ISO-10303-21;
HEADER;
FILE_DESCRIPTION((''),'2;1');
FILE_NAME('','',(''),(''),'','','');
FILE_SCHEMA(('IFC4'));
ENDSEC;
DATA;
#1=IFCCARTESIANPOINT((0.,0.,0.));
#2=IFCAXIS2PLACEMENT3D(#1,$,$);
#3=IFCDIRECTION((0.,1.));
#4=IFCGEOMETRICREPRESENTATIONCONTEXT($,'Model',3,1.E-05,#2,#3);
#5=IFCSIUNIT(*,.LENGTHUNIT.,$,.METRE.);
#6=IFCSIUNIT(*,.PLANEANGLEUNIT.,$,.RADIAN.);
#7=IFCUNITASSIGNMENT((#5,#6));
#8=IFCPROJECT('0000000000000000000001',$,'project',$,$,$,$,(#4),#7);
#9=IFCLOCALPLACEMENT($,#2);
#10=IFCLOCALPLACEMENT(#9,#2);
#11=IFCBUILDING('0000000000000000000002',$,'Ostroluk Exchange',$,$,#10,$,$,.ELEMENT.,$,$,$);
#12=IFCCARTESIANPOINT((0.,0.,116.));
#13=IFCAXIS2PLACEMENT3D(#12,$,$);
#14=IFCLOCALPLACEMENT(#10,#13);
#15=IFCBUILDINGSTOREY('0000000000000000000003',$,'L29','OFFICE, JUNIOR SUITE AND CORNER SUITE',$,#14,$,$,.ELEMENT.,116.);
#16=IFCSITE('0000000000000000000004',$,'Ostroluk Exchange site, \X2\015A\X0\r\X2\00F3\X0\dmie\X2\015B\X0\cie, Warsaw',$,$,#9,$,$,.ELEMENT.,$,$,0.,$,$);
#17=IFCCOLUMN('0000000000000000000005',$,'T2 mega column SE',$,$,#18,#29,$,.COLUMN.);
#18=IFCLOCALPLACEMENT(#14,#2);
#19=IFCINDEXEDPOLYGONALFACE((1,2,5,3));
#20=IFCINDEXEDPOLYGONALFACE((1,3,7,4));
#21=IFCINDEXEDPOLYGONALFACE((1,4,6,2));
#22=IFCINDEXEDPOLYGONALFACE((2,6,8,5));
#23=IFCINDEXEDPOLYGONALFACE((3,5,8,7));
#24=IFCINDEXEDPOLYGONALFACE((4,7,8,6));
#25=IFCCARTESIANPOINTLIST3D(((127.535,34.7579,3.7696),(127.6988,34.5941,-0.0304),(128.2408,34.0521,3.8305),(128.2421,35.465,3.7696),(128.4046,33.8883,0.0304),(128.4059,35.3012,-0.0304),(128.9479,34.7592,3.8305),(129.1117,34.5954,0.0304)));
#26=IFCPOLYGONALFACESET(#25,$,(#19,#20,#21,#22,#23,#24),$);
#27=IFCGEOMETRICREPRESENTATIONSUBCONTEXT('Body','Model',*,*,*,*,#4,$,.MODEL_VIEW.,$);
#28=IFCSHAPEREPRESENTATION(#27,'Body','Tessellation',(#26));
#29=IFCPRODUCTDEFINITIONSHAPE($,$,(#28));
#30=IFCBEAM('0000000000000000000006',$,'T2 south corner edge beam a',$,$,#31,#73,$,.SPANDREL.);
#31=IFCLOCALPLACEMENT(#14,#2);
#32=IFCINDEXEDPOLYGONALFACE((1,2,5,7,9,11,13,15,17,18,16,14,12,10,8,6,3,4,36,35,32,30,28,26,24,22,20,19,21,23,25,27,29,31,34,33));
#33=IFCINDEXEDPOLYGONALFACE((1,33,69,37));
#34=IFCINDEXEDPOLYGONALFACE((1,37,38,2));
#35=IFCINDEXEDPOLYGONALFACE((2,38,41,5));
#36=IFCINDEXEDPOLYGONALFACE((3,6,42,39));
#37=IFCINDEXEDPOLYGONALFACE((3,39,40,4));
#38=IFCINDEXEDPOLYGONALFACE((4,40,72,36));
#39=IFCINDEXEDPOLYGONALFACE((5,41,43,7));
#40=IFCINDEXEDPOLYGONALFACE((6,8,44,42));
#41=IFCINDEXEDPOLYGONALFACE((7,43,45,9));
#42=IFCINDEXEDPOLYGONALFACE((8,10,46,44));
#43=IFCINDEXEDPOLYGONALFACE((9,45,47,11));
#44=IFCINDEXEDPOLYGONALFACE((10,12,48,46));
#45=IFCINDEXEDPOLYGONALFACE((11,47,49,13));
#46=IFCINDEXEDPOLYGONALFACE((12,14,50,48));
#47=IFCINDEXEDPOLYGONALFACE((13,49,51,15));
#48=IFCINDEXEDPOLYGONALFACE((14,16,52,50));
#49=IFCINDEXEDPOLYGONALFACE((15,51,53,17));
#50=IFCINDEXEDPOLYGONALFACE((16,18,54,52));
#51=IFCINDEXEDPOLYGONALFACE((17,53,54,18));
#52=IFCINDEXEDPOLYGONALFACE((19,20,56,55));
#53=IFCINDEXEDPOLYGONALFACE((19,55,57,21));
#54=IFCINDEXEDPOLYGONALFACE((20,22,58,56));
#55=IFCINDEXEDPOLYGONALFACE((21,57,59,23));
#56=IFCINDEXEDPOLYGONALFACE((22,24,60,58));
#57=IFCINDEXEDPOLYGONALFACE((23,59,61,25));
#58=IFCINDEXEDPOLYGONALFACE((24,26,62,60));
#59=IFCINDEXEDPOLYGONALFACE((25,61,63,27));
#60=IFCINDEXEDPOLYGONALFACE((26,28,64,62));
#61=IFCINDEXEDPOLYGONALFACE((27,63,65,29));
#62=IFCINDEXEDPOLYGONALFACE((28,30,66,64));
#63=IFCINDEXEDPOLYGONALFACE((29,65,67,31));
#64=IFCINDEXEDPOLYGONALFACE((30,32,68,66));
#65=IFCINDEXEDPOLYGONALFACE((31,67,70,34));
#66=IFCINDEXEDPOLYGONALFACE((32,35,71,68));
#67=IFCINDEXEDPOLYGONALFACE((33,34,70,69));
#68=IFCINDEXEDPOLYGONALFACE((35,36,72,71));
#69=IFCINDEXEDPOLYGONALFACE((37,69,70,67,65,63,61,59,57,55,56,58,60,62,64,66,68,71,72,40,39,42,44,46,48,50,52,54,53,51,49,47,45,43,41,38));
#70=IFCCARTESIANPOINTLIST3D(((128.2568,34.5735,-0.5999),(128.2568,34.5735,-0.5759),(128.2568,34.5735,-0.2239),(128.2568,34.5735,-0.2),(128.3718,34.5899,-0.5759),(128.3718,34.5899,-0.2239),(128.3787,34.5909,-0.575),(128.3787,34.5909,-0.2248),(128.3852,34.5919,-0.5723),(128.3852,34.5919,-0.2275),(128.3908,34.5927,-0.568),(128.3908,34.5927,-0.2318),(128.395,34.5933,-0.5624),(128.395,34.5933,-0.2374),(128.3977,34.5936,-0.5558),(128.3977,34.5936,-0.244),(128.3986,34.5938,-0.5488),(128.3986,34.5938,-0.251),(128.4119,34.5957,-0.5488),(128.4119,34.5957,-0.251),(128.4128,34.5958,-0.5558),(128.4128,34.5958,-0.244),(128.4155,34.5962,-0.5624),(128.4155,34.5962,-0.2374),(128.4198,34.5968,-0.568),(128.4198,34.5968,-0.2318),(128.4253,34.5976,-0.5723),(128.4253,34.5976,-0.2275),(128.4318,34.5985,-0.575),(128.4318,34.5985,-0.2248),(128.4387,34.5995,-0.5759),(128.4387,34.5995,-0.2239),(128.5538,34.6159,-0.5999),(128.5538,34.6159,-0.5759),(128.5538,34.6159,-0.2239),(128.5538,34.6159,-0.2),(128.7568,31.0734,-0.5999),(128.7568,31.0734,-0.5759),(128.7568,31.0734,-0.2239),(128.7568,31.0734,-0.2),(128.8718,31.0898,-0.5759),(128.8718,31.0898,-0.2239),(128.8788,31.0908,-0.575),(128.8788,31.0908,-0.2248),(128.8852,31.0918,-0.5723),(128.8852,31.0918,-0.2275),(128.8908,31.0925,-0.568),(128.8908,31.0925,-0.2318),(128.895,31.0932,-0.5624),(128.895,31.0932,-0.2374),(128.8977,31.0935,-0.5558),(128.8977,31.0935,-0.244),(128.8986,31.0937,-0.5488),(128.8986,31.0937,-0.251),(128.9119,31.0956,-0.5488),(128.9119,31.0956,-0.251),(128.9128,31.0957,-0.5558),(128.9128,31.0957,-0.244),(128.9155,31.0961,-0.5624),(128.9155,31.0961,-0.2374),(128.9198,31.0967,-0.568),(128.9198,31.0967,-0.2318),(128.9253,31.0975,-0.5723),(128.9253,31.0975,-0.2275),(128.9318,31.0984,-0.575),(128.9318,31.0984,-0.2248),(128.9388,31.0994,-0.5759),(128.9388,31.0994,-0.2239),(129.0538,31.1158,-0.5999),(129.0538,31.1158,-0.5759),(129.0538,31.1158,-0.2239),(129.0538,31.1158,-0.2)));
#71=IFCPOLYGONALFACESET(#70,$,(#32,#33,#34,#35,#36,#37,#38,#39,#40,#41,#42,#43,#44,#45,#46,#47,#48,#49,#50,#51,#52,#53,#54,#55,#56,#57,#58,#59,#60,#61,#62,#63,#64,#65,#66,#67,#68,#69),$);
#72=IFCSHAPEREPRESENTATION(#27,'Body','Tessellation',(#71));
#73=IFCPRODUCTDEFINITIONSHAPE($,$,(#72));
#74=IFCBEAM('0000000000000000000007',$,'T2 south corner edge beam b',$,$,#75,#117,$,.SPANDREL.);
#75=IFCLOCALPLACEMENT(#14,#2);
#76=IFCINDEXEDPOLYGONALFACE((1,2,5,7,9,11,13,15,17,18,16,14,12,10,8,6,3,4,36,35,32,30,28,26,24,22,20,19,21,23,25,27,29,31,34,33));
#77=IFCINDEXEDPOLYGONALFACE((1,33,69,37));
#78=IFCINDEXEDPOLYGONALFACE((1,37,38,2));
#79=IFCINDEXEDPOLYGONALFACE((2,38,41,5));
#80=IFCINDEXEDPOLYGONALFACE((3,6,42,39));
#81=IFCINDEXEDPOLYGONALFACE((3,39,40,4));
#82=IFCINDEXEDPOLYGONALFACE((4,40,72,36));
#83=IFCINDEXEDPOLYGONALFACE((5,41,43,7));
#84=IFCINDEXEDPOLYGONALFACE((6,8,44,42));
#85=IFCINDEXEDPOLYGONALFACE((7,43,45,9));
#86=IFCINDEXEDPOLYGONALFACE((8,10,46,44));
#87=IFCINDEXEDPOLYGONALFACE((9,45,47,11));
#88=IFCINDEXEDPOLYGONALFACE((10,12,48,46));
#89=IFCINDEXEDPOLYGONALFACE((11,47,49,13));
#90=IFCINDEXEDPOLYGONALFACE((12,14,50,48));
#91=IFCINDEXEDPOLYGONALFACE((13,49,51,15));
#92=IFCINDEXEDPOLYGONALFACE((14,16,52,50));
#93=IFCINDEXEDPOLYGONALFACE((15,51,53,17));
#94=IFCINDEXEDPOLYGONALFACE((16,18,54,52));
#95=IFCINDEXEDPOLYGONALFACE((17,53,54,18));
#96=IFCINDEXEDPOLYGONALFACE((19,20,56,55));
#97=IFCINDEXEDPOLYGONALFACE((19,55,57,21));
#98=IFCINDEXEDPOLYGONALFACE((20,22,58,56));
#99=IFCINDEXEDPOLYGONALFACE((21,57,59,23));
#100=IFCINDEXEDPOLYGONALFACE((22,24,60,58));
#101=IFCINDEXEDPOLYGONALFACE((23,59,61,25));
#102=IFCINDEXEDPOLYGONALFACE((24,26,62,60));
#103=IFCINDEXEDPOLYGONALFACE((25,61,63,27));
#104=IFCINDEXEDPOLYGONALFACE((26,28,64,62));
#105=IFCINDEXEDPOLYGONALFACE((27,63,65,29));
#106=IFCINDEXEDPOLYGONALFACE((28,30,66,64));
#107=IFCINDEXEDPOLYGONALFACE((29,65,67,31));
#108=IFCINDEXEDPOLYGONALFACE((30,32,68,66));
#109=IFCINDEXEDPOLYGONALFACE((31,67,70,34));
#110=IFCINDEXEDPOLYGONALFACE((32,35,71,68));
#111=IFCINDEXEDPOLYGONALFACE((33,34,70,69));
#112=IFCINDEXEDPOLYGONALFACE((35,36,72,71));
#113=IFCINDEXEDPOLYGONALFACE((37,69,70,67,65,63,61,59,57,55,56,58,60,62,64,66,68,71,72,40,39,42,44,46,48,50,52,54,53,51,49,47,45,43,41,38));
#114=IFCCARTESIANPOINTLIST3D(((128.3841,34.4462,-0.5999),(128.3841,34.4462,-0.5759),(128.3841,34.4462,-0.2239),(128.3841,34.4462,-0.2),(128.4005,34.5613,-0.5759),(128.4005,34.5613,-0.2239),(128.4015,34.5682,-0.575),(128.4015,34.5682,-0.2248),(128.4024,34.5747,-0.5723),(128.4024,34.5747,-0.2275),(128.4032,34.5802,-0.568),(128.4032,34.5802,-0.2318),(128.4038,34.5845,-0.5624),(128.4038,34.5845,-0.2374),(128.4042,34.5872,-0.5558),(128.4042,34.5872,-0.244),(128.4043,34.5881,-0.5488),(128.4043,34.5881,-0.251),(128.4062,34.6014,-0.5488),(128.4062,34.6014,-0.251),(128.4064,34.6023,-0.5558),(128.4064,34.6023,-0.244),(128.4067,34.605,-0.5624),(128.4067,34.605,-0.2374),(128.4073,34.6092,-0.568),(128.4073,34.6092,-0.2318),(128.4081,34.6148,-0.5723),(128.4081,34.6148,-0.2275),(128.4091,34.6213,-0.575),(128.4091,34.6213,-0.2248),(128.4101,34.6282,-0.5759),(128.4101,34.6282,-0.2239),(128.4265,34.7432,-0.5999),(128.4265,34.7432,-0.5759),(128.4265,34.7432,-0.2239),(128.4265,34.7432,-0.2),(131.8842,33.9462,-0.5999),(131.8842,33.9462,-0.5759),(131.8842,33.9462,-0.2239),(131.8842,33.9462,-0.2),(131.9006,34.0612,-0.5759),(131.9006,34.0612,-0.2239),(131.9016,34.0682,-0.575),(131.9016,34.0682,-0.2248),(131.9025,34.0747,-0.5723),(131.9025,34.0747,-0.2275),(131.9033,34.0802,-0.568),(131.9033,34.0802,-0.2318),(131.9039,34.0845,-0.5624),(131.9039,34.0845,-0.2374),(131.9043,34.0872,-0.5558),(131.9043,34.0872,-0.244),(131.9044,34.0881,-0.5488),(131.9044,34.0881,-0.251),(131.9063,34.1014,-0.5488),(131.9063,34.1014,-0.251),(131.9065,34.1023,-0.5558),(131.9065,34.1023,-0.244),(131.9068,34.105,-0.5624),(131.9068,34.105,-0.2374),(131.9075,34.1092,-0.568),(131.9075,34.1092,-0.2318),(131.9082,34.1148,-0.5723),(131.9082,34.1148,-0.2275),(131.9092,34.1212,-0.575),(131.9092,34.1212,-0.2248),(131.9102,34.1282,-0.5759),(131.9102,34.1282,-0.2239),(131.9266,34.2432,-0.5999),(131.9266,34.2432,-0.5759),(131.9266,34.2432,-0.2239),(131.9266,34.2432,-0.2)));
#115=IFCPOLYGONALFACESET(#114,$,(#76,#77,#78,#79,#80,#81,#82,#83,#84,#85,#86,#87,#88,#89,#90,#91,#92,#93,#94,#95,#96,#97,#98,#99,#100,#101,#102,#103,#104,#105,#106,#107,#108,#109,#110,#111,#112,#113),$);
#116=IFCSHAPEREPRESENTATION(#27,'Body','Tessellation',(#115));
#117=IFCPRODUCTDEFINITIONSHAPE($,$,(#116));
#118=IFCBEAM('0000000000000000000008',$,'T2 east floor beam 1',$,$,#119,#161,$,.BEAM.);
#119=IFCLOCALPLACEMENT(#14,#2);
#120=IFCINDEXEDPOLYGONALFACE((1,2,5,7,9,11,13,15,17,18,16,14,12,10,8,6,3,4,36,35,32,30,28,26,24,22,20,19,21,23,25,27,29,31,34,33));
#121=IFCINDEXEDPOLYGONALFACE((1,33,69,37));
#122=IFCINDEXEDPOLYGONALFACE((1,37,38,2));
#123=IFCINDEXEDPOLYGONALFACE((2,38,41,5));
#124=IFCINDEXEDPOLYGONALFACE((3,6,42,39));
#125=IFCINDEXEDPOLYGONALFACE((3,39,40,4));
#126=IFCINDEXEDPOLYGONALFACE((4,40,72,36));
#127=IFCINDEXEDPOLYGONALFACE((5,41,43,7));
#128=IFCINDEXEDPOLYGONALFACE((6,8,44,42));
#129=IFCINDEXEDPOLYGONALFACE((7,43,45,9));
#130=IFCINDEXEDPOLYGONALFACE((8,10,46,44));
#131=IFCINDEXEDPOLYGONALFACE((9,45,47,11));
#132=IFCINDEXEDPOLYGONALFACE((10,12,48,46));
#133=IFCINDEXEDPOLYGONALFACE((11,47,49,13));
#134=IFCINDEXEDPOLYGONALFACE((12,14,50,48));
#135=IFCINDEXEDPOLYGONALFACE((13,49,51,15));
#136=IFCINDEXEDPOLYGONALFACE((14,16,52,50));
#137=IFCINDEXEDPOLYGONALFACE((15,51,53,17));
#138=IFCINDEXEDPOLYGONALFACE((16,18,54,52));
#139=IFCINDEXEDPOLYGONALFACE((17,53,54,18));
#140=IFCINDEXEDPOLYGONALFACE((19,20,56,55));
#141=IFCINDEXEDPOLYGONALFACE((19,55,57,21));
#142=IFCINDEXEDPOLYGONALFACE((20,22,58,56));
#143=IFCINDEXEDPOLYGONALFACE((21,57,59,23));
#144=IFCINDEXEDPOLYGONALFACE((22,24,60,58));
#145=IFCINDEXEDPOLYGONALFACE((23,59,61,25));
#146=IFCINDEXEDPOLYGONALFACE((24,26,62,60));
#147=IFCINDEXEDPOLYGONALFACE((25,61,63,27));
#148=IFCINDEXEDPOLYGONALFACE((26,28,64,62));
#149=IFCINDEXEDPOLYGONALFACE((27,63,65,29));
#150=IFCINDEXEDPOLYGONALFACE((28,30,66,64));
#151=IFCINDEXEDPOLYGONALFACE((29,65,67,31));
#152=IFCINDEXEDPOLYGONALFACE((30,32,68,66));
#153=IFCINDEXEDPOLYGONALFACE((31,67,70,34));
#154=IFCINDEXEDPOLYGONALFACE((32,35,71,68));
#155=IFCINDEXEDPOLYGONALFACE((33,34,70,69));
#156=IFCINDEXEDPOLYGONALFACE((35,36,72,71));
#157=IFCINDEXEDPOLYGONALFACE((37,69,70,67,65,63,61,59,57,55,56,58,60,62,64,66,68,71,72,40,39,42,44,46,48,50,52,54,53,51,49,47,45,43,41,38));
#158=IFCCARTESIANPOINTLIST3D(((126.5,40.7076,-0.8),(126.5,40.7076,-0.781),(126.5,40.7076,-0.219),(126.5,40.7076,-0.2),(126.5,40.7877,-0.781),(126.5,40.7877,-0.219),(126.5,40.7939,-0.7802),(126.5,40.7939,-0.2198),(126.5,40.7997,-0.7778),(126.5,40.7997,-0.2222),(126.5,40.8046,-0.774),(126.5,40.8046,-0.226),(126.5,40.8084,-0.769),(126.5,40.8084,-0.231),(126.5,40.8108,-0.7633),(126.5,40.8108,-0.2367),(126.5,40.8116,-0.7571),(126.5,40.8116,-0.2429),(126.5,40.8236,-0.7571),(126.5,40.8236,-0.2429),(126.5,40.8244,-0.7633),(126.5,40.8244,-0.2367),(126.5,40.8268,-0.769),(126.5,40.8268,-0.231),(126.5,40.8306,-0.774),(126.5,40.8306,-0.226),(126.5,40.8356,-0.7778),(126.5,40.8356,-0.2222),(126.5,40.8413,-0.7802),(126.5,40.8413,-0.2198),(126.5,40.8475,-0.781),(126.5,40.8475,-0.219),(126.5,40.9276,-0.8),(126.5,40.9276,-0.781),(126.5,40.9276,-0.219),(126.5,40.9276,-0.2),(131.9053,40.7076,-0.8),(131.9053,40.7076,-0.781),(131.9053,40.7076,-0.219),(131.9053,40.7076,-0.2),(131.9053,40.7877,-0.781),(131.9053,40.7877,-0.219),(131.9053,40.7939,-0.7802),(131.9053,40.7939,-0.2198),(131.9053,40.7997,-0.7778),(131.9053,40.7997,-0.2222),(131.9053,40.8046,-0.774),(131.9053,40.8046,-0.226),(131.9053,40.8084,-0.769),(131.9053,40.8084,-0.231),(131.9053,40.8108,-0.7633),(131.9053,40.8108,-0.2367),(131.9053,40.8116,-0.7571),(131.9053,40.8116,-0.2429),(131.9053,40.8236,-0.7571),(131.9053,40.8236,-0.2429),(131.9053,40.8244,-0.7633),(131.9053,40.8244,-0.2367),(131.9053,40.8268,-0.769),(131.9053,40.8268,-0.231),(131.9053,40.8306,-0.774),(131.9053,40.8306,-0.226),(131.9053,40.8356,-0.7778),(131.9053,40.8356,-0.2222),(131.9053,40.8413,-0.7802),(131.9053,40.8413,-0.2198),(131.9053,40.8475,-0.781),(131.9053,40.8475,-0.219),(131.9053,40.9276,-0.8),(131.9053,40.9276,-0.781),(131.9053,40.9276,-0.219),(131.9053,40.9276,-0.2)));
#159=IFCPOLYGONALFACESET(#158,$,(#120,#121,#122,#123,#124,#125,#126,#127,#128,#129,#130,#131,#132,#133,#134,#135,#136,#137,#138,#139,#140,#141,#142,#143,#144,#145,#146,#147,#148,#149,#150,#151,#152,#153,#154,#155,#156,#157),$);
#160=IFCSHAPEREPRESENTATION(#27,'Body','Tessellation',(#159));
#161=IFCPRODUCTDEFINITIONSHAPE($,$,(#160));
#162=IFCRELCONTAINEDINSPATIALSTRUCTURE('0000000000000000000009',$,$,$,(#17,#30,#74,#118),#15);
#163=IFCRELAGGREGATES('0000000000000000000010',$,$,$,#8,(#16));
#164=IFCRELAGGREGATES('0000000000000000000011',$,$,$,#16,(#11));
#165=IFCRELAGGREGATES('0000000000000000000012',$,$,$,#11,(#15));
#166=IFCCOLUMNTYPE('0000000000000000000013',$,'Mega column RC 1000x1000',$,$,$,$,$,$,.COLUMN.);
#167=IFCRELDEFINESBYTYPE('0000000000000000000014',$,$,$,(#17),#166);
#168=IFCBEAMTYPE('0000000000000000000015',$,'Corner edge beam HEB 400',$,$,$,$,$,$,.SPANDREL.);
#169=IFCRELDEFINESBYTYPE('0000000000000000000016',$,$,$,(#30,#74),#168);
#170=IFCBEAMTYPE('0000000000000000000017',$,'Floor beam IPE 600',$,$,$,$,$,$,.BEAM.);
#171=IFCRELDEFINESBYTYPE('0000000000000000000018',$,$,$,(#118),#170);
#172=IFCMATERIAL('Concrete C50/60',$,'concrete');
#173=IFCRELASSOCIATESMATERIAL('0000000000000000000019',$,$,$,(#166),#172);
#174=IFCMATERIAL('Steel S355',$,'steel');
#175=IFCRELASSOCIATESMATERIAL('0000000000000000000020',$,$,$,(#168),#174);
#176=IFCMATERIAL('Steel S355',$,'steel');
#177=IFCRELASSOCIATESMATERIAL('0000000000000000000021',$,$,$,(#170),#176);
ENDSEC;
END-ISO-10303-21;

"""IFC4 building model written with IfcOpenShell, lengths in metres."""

from ifc_helpers import new_model, si_unit, direction, frame, origin, origin_2d, place, context, subcontext, project, spatial, rectangle, i_section, extrude, material, material_profile, profile_set, type_object, element, save


model = new_model("IFC4")

# Units and contexts
model_context = context("Model", 3, precision=1e-05, world=origin(), true_north=direction((0.0, 1.0)))
body_context = subcontext(model_context, "Body", "Model", "MODEL_VIEW")
ifc_project = project(units=[si_unit("LENGTHUNIT", "METRE"), si_unit("PLANEANGLEUNIT", "RADIAN")], contexts=[model_context])

# Site, building, storey
site_placement = place(None, origin())
site = spatial("IfcSite", under=ifc_project, at=site_placement, Name="Ostroluk Exchange site, Śródmieście, Warsaw", CompositionType="ELEMENT", RefElevation=0.0)
building_placement = place(site_placement, origin())
building = spatial("IfcBuilding", under=site, at=building_placement, Name="Ostroluk Exchange", CompositionType="ELEMENT")
storey_placement = place(building_placement, frame((0.0, 0.0, 116.0)))
storey = spatial("IfcBuildingStorey", under=building, at=storey_placement, Name="L29", Description="OFFICE, JUNIOR SUITE AND CORNER SUITE", CompositionType="ELEMENT", Elevation=116.0)

# Column
ifc_material_1 = material(Name="Concrete C50/60", Category="concrete")
ifc_material_profile_1 = material_profile(ifc_material_1, rectangle(XDim=1.0, YDim=1.0, at=origin_2d()), Name="RC 1000x1000")
ifc_profile_set_1 = profile_set([ifc_material_profile_1], Name="Concrete C50/60")
column_type = type_object("IfcColumnType", Name="Mega column RC 1000x1000", PredefinedType="COLUMN", material=ifc_profile_set_1)
column_placement = place(storey_placement, frame((128.4053, 34.5947, 0.0), z_axis=(-0.04303, 0.04303, 0.998147), x_axis=(-0.707107, -0.707107, 0.0)))
element("IfcColumn", 1, at=column_placement, inside=storey, type_object=column_type, Name="T2 mega column SE", PredefinedType="COLUMN", context=body_context, shape_type="SweptSolid", body=[
    extrude(rectangle(XDim=1.0, YDim=1.0, at=origin_2d()), origin(), (0.0, 0.0, 1.0), 3.8071),
])

# Beams
ifc_material_2 = material(Name="Steel S355", Category="steel")
ifc_material_profile_2 = material_profile(ifc_material_2, i_section(OverallWidth=0.3, OverallDepth=0.3999, WebThickness=0.0134, FlangeThickness=0.0239, FilletRadius=0.0271, at=origin_2d()), Name="HEB 400")
ifc_profile_set_2 = profile_set([ifc_material_profile_2], Name="Steel S355")
beam_type_1 = type_object("IfcBeamType", Name="Corner edge beam HEB 400", PredefinedType="SPANDREL", material=ifc_profile_set_2)
for number, where, z_axis, x_axis, name in (
    (2, (128.4053, 34.5947, -0.3999), (0.141421, -0.989949, 0.0), (0.989949, 0.141421, 0.0), "T2 south corner edge beam a"),
    (3, (128.4053, 34.5947, -0.3999), (0.989949, -0.141421, 0.0), (0.141421, 0.989949, 0.0), "T2 south corner edge beam b"),
):
    element("IfcBeam", number, at=place(storey_placement, frame(where, z_axis=z_axis, x_axis=x_axis)), inside=storey, type_object=beam_type_1, Name=name, PredefinedType="SPANDREL", context=body_context, shape_type="SweptSolid", body=[
        extrude(i_section(OverallWidth=0.3, OverallDepth=0.3999, WebThickness=0.0134, FlangeThickness=0.0239, FilletRadius=0.0271, at=origin_2d()), origin(), (0.0, 0.0, 1.0), 3.5356),
    ])
ifc_material_3 = material(Name="Steel S355", Category="steel")
ifc_material_profile_3 = material_profile(ifc_material_3, i_section(OverallWidth=0.22, OverallDepth=0.6001, WebThickness=0.012, FlangeThickness=0.019, FilletRadius=0.0239, at=origin_2d()), Name="IPE 600")
ifc_profile_set_3 = profile_set([ifc_material_profile_3], Name="Steel S355")
beam_type_2 = type_object("IfcBeamType", Name="Floor beam IPE 600", PredefinedType="BEAM", material=ifc_profile_set_3)
for number, where, z_axis, x_axis, name in (
    (4, (126.5, 40.8176, -0.5), (1.0, 0.0, 0.0), (0.0, 1.0, 0.0), "T2 east floor beam 1"),
):
    element("IfcBeam", number, at=place(storey_placement, frame(where, z_axis=z_axis, x_axis=x_axis)), inside=storey, type_object=beam_type_2, Name=name, PredefinedType="BEAM", context=body_context, shape_type="SweptSolid", body=[
        extrude(i_section(OverallWidth=0.22, OverallDepth=0.6001, WebThickness=0.012, FlangeThickness=0.019, FilletRadius=0.0239, at=origin_2d()), origin(), (0.0, 0.0, 1.0), 5.4053),
    ])

save(model, "model.ifc")
